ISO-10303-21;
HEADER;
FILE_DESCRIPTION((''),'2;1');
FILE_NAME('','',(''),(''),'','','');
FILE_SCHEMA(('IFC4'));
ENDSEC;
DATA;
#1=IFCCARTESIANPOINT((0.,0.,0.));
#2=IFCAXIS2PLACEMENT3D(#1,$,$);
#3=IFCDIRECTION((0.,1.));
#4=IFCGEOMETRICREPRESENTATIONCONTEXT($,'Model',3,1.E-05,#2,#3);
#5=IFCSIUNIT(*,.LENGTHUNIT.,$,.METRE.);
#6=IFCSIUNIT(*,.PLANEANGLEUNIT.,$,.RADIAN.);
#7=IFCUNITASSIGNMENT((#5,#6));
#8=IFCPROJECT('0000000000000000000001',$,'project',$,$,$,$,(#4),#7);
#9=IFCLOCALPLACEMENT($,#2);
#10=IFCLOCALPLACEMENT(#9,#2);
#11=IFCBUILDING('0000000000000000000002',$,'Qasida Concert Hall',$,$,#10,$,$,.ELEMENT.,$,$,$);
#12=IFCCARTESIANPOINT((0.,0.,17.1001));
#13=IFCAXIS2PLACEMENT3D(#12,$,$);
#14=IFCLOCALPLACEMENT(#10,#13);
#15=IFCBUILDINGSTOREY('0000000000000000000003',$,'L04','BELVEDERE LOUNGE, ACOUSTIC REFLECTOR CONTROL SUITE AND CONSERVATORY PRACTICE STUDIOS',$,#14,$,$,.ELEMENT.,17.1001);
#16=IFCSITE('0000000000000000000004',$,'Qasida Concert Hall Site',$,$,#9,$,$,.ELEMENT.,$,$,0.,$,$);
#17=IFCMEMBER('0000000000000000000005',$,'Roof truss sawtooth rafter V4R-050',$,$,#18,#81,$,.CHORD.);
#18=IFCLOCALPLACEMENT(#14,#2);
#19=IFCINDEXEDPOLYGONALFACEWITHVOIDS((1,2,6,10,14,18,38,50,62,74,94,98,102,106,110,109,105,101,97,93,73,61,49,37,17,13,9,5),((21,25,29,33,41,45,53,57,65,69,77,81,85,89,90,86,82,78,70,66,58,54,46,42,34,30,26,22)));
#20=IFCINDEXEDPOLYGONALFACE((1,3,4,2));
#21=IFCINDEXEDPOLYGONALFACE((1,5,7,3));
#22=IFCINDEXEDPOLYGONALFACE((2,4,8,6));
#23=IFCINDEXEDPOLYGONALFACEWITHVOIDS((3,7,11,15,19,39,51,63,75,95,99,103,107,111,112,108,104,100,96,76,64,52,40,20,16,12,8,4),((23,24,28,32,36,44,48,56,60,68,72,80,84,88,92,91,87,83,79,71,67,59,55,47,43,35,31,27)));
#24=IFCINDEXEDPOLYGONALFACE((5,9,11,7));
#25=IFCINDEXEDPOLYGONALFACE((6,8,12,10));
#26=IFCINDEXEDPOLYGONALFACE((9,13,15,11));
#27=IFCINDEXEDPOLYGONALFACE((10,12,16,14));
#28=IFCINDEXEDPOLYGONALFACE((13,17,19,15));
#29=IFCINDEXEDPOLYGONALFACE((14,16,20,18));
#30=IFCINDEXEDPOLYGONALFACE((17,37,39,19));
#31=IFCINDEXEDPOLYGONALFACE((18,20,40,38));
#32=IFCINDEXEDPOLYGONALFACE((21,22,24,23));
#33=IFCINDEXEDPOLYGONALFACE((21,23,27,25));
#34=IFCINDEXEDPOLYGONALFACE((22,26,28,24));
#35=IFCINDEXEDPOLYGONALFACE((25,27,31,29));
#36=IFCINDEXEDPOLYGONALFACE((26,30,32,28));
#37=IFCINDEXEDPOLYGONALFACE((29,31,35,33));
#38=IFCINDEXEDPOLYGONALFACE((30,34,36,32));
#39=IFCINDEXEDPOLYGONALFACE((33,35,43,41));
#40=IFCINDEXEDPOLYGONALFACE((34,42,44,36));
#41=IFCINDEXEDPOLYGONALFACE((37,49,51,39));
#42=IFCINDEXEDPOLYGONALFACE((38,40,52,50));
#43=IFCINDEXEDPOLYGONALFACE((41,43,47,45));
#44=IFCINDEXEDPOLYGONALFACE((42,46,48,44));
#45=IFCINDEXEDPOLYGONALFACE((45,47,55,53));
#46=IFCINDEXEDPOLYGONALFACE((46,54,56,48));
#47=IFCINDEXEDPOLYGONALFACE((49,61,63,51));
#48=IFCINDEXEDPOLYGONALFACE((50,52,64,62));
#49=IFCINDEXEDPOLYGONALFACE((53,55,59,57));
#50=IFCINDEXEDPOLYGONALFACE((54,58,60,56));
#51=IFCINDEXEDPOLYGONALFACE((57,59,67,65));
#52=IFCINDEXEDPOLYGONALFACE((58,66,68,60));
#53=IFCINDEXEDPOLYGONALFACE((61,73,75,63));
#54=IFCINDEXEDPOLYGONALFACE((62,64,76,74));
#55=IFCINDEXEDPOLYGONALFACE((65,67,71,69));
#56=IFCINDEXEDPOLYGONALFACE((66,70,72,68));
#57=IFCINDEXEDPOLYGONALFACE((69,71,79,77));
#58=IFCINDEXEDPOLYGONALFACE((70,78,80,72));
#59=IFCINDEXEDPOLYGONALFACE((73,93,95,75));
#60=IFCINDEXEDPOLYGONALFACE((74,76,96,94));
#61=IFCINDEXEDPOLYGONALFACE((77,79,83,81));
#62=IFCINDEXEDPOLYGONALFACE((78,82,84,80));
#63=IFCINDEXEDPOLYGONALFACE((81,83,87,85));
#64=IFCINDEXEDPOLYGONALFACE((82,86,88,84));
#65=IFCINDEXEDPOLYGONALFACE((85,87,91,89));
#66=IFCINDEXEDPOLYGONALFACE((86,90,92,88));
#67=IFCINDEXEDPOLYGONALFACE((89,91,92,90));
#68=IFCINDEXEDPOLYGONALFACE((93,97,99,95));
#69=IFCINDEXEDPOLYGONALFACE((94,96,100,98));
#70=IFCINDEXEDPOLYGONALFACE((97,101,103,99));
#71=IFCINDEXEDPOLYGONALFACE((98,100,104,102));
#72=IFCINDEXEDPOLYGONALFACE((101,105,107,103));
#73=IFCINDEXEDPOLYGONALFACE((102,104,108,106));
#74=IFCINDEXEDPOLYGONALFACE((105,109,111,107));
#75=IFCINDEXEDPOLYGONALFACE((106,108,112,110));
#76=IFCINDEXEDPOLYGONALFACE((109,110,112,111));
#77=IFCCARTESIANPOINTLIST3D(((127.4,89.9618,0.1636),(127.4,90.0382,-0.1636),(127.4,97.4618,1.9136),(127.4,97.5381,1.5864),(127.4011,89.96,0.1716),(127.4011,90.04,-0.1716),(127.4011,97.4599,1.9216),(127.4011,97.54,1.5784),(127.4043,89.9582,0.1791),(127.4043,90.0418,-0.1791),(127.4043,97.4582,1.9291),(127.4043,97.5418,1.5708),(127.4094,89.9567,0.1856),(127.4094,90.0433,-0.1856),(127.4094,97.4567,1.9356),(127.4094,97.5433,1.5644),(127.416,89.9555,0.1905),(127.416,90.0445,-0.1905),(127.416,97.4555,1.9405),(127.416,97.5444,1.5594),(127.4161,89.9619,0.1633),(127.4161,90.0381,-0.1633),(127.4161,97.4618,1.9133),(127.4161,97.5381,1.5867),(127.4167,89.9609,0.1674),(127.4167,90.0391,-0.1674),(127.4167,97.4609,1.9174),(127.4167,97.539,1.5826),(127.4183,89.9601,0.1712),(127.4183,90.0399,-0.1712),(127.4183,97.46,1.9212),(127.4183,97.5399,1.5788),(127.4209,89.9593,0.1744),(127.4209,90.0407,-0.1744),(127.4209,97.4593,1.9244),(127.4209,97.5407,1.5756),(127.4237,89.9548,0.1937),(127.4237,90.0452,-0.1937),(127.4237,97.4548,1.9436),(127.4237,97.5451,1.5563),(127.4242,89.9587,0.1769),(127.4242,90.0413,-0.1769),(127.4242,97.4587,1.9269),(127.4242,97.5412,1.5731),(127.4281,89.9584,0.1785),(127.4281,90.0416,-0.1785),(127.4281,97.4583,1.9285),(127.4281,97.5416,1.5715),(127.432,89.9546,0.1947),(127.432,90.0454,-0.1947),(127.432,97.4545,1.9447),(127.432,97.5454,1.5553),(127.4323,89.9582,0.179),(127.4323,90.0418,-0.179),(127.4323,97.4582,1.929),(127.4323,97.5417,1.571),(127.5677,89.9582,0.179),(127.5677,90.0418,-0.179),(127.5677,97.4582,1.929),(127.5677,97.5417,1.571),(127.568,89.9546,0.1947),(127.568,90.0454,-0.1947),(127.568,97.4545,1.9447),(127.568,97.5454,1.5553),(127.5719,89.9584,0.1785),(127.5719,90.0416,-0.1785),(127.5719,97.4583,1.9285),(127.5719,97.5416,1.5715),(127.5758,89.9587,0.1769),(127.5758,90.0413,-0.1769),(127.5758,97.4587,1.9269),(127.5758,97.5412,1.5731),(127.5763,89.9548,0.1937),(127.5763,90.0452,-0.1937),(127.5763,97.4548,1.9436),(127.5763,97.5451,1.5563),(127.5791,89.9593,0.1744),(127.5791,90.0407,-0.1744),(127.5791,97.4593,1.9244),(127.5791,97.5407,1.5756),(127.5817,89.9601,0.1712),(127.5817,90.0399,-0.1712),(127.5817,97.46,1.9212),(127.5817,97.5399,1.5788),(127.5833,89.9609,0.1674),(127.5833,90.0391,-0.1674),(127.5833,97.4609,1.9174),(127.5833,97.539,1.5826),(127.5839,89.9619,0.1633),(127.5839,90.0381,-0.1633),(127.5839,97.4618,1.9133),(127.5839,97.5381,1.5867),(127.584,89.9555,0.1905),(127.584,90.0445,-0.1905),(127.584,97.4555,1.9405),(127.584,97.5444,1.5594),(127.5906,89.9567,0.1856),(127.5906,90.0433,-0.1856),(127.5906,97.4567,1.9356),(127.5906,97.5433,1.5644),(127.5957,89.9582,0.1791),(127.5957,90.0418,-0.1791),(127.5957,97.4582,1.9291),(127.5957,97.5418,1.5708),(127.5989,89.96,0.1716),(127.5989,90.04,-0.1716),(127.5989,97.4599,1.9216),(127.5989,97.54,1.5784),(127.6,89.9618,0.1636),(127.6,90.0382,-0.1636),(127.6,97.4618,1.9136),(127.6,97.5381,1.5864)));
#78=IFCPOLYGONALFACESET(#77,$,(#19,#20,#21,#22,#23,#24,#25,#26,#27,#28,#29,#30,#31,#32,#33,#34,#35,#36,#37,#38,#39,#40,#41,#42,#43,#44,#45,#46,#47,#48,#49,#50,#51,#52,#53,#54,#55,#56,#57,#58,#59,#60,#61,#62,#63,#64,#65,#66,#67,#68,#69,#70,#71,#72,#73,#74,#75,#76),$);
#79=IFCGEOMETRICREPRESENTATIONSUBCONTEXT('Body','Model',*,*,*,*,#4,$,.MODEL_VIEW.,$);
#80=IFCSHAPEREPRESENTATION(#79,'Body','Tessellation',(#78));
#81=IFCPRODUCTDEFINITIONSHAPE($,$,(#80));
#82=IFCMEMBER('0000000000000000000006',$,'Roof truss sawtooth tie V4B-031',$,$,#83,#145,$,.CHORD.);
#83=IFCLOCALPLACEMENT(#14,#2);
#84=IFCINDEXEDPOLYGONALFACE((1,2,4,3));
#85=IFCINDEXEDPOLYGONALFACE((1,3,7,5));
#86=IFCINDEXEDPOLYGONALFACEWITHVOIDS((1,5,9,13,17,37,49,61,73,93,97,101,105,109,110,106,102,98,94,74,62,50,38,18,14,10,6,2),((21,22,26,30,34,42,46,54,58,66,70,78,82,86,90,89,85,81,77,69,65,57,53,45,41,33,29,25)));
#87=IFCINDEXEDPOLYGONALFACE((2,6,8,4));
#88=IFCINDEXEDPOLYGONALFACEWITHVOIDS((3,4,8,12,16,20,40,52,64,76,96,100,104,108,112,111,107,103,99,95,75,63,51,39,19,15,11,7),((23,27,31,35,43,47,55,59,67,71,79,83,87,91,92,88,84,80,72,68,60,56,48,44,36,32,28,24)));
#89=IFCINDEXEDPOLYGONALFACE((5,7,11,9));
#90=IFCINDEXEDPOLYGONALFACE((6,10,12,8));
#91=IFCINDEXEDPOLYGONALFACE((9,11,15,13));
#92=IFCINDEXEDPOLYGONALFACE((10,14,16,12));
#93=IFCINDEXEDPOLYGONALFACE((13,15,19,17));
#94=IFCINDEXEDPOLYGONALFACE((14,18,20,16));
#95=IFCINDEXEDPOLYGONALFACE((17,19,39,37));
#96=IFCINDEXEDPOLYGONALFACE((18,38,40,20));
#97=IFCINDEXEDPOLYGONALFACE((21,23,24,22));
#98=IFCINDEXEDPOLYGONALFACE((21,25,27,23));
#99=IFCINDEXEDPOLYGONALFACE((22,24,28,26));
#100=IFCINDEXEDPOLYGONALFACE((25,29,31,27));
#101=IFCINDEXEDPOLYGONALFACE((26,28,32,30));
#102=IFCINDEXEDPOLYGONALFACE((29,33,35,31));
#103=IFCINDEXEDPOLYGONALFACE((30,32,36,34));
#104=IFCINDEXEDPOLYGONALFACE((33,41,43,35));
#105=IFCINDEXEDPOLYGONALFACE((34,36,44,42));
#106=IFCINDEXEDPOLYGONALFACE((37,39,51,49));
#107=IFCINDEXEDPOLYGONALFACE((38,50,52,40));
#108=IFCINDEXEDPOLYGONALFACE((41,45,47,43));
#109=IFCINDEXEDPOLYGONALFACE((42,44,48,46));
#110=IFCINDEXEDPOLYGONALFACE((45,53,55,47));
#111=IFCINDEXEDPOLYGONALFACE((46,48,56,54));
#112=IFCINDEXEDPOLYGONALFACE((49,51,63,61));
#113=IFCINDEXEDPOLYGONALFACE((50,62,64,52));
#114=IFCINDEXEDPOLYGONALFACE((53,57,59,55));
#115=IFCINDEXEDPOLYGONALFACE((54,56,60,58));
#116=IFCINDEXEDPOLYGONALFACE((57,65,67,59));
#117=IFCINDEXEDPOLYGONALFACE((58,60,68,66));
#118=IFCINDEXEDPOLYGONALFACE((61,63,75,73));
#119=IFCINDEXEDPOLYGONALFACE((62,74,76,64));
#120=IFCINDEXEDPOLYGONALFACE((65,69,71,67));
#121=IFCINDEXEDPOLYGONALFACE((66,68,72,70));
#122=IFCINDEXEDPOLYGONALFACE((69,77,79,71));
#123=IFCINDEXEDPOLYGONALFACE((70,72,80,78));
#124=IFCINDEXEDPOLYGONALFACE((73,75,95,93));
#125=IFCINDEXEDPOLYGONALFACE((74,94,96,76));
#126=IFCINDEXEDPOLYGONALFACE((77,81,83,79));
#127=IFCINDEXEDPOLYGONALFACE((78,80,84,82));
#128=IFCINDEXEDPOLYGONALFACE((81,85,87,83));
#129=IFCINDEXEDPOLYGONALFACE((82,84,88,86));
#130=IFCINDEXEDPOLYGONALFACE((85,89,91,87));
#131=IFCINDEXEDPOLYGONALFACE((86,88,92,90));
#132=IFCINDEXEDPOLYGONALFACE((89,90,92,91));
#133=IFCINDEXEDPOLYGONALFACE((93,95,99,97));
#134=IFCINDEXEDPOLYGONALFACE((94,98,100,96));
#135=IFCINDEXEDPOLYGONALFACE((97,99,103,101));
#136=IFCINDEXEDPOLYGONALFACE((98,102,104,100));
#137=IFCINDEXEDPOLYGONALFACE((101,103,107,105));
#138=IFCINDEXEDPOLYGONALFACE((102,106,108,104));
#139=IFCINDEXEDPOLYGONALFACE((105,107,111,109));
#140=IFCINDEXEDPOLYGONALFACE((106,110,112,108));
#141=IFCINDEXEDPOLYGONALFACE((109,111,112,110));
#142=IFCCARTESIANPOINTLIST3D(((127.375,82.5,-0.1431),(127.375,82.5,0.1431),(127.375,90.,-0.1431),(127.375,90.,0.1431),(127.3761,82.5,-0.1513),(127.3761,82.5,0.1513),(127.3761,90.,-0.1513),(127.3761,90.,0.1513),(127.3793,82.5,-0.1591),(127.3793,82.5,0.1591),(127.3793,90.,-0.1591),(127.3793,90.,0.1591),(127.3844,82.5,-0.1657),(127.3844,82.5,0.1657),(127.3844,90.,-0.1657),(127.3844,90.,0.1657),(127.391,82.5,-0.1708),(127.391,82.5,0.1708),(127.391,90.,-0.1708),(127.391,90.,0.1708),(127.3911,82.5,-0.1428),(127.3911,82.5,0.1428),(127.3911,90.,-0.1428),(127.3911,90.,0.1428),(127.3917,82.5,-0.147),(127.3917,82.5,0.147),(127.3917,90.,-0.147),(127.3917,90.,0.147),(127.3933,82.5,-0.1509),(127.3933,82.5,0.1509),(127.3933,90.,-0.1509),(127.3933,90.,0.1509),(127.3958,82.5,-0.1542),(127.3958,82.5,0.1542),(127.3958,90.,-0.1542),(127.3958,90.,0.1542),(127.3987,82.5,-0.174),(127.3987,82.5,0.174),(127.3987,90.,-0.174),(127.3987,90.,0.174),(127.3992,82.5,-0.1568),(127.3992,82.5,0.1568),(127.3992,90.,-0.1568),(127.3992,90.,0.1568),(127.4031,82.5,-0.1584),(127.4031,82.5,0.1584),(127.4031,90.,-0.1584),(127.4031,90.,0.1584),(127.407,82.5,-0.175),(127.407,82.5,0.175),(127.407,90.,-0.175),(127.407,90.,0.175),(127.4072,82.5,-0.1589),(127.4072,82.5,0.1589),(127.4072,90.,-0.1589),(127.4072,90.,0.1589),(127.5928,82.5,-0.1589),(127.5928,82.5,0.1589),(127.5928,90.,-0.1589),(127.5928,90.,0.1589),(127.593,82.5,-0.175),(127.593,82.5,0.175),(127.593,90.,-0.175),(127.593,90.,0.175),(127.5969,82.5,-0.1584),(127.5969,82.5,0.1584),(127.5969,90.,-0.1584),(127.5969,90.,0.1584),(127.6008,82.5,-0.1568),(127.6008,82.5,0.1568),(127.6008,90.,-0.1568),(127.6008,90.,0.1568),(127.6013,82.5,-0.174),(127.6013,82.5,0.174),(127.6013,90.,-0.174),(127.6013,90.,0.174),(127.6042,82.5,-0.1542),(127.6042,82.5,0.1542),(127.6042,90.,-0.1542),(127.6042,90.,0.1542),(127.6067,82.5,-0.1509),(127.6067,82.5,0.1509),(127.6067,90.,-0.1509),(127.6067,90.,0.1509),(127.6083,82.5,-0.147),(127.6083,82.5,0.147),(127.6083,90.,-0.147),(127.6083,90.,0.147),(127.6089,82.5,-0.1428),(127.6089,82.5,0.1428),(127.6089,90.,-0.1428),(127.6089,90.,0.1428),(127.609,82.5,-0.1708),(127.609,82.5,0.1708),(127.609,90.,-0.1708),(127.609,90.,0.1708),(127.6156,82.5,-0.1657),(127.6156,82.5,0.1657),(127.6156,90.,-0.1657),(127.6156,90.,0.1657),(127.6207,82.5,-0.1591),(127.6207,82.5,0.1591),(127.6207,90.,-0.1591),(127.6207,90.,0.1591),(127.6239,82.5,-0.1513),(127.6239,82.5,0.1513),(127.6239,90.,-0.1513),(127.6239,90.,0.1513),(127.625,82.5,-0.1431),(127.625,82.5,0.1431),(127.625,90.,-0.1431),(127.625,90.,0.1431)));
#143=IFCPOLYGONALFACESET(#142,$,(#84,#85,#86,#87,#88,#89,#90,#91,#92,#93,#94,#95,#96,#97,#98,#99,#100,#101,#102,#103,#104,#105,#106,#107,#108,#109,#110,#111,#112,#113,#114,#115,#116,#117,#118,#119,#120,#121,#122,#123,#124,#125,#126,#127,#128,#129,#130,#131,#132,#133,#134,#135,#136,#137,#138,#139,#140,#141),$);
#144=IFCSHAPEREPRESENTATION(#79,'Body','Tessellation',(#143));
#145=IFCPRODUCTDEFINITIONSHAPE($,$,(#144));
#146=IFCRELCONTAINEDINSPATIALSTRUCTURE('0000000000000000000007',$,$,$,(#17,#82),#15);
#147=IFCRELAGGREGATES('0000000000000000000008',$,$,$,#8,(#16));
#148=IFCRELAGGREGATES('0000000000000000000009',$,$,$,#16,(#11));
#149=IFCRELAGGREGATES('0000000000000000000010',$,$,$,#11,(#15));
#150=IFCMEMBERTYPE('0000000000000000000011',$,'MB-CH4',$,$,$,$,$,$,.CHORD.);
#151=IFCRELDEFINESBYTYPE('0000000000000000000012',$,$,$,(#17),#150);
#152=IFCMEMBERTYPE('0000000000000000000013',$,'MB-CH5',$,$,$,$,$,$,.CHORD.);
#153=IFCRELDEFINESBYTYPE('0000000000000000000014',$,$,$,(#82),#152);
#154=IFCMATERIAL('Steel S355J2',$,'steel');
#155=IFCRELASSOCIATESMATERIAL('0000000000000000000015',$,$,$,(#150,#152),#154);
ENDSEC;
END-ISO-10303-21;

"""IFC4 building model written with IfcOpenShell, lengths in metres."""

from ifc_helpers import new_model, si_unit, direction, frame, origin, origin_2d, place, context, subcontext, project, spatial, hollow_rectangle, extrude, material, material_profile, profile_set, type_object, element, save


model = new_model("IFC4")

# Units and contexts
model_context = context("Model", 3, precision=1e-05, world=origin(), true_north=direction((0.0, 1.0)))
body_context = subcontext(model_context, "Body", "Model", "MODEL_VIEW")
ifc_project = project(units=[si_unit("LENGTHUNIT", "METRE"), si_unit("PLANEANGLEUNIT", "RADIAN")], contexts=[model_context])

# Site, building, storey
site_placement = place(None, origin())
site = spatial("IfcSite", under=ifc_project, at=site_placement, Name="Qasida Concert Hall Site", CompositionType="ELEMENT", RefElevation=0.0)
building_placement = place(site_placement, origin())
building = spatial("IfcBuilding", under=site, at=building_placement, Name="Qasida Concert Hall", CompositionType="ELEMENT")
storey_placement = place(building_placement, frame((0.0, 0.0, 17.1001)))
storey = spatial("IfcBuildingStorey", under=building, at=storey_placement, Name="L04", Description="BELVEDERE LOUNGE, ACOUSTIC REFLECTOR CONTROL SUITE AND CONSERVATORY PRACTICE STUDIOS", CompositionType="ELEMENT", Elevation=17.1001)

# Shared definitions
ifc_material_1 = material(Name="Steel S355J2", Category="steel")

# Members
ifc_material_profile_1 = material_profile(ifc_material_1, hollow_rectangle(XDim=0.2, YDim=0.3999, WallThickness=0.0161, InnerFilletRadius=0.0161, OuterFilletRadius=0.032, at=origin_2d()), Name="RHS 400x200x16")
ifc_profile_set_1 = profile_set([ifc_material_profile_1], Name="Steel S355J2")
member_type_1 = type_object("IfcMemberType", Name="MB-CH4", PredefinedType="CHORD", material=ifc_profile_set_1)
for number, where, z_axis, x_axis, name in (
    (1, (127.5, 90.0, 0.0), (0.0, 0.973841, 0.22723), (-1.0, 0.0, 0.0), "Roof truss sawtooth rafter V4R-050"),
):
    element("IfcMember", number, at=place(storey_placement, frame(where, z_axis=z_axis, x_axis=x_axis)), inside=storey, type_object=member_type_1, Name=name, PredefinedType="CHORD", context=body_context, shape_type="SweptSolid", body=[
        extrude(hollow_rectangle(XDim=0.2, YDim=0.3999, WallThickness=0.0161, InnerFilletRadius=0.0161, OuterFilletRadius=0.032, at=origin_2d()), origin(), (0.0, 0.0, 1.0), 7.7014),
    ])
ifc_material_profile_2 = material_profile(ifc_material_1, hollow_rectangle(XDim=0.25, YDim=0.3501, WallThickness=0.0161, InnerFilletRadius=0.0161, OuterFilletRadius=0.032, at=origin_2d()), Name="RHS 350x250x16")
ifc_profile_set_2 = profile_set([ifc_material_profile_2], Name="Steel S355J2")
member_type_2 = type_object("IfcMemberType", Name="MB-CH5", PredefinedType="CHORD", material=ifc_profile_set_2)
for number, where, z_axis, x_axis, name in (
    (2, (127.5, 82.5, 0.0), (0.0, 1.0, 0.0), (-1.0, 0.0, 0.0), "Roof truss sawtooth tie V4B-031"),
):
    element("IfcMember", number, at=place(storey_placement, frame(where, z_axis=z_axis, x_axis=x_axis)), inside=storey, type_object=member_type_2, Name=name, PredefinedType="CHORD", context=body_context, shape_type="SweptSolid", body=[
        extrude(hollow_rectangle(XDim=0.25, YDim=0.3501, WallThickness=0.0161, InnerFilletRadius=0.0161, OuterFilletRadius=0.032, at=origin_2d()), origin(), (0.0, 0.0, 1.0), 7.5),
    ])

save(model, "model.ifc")
